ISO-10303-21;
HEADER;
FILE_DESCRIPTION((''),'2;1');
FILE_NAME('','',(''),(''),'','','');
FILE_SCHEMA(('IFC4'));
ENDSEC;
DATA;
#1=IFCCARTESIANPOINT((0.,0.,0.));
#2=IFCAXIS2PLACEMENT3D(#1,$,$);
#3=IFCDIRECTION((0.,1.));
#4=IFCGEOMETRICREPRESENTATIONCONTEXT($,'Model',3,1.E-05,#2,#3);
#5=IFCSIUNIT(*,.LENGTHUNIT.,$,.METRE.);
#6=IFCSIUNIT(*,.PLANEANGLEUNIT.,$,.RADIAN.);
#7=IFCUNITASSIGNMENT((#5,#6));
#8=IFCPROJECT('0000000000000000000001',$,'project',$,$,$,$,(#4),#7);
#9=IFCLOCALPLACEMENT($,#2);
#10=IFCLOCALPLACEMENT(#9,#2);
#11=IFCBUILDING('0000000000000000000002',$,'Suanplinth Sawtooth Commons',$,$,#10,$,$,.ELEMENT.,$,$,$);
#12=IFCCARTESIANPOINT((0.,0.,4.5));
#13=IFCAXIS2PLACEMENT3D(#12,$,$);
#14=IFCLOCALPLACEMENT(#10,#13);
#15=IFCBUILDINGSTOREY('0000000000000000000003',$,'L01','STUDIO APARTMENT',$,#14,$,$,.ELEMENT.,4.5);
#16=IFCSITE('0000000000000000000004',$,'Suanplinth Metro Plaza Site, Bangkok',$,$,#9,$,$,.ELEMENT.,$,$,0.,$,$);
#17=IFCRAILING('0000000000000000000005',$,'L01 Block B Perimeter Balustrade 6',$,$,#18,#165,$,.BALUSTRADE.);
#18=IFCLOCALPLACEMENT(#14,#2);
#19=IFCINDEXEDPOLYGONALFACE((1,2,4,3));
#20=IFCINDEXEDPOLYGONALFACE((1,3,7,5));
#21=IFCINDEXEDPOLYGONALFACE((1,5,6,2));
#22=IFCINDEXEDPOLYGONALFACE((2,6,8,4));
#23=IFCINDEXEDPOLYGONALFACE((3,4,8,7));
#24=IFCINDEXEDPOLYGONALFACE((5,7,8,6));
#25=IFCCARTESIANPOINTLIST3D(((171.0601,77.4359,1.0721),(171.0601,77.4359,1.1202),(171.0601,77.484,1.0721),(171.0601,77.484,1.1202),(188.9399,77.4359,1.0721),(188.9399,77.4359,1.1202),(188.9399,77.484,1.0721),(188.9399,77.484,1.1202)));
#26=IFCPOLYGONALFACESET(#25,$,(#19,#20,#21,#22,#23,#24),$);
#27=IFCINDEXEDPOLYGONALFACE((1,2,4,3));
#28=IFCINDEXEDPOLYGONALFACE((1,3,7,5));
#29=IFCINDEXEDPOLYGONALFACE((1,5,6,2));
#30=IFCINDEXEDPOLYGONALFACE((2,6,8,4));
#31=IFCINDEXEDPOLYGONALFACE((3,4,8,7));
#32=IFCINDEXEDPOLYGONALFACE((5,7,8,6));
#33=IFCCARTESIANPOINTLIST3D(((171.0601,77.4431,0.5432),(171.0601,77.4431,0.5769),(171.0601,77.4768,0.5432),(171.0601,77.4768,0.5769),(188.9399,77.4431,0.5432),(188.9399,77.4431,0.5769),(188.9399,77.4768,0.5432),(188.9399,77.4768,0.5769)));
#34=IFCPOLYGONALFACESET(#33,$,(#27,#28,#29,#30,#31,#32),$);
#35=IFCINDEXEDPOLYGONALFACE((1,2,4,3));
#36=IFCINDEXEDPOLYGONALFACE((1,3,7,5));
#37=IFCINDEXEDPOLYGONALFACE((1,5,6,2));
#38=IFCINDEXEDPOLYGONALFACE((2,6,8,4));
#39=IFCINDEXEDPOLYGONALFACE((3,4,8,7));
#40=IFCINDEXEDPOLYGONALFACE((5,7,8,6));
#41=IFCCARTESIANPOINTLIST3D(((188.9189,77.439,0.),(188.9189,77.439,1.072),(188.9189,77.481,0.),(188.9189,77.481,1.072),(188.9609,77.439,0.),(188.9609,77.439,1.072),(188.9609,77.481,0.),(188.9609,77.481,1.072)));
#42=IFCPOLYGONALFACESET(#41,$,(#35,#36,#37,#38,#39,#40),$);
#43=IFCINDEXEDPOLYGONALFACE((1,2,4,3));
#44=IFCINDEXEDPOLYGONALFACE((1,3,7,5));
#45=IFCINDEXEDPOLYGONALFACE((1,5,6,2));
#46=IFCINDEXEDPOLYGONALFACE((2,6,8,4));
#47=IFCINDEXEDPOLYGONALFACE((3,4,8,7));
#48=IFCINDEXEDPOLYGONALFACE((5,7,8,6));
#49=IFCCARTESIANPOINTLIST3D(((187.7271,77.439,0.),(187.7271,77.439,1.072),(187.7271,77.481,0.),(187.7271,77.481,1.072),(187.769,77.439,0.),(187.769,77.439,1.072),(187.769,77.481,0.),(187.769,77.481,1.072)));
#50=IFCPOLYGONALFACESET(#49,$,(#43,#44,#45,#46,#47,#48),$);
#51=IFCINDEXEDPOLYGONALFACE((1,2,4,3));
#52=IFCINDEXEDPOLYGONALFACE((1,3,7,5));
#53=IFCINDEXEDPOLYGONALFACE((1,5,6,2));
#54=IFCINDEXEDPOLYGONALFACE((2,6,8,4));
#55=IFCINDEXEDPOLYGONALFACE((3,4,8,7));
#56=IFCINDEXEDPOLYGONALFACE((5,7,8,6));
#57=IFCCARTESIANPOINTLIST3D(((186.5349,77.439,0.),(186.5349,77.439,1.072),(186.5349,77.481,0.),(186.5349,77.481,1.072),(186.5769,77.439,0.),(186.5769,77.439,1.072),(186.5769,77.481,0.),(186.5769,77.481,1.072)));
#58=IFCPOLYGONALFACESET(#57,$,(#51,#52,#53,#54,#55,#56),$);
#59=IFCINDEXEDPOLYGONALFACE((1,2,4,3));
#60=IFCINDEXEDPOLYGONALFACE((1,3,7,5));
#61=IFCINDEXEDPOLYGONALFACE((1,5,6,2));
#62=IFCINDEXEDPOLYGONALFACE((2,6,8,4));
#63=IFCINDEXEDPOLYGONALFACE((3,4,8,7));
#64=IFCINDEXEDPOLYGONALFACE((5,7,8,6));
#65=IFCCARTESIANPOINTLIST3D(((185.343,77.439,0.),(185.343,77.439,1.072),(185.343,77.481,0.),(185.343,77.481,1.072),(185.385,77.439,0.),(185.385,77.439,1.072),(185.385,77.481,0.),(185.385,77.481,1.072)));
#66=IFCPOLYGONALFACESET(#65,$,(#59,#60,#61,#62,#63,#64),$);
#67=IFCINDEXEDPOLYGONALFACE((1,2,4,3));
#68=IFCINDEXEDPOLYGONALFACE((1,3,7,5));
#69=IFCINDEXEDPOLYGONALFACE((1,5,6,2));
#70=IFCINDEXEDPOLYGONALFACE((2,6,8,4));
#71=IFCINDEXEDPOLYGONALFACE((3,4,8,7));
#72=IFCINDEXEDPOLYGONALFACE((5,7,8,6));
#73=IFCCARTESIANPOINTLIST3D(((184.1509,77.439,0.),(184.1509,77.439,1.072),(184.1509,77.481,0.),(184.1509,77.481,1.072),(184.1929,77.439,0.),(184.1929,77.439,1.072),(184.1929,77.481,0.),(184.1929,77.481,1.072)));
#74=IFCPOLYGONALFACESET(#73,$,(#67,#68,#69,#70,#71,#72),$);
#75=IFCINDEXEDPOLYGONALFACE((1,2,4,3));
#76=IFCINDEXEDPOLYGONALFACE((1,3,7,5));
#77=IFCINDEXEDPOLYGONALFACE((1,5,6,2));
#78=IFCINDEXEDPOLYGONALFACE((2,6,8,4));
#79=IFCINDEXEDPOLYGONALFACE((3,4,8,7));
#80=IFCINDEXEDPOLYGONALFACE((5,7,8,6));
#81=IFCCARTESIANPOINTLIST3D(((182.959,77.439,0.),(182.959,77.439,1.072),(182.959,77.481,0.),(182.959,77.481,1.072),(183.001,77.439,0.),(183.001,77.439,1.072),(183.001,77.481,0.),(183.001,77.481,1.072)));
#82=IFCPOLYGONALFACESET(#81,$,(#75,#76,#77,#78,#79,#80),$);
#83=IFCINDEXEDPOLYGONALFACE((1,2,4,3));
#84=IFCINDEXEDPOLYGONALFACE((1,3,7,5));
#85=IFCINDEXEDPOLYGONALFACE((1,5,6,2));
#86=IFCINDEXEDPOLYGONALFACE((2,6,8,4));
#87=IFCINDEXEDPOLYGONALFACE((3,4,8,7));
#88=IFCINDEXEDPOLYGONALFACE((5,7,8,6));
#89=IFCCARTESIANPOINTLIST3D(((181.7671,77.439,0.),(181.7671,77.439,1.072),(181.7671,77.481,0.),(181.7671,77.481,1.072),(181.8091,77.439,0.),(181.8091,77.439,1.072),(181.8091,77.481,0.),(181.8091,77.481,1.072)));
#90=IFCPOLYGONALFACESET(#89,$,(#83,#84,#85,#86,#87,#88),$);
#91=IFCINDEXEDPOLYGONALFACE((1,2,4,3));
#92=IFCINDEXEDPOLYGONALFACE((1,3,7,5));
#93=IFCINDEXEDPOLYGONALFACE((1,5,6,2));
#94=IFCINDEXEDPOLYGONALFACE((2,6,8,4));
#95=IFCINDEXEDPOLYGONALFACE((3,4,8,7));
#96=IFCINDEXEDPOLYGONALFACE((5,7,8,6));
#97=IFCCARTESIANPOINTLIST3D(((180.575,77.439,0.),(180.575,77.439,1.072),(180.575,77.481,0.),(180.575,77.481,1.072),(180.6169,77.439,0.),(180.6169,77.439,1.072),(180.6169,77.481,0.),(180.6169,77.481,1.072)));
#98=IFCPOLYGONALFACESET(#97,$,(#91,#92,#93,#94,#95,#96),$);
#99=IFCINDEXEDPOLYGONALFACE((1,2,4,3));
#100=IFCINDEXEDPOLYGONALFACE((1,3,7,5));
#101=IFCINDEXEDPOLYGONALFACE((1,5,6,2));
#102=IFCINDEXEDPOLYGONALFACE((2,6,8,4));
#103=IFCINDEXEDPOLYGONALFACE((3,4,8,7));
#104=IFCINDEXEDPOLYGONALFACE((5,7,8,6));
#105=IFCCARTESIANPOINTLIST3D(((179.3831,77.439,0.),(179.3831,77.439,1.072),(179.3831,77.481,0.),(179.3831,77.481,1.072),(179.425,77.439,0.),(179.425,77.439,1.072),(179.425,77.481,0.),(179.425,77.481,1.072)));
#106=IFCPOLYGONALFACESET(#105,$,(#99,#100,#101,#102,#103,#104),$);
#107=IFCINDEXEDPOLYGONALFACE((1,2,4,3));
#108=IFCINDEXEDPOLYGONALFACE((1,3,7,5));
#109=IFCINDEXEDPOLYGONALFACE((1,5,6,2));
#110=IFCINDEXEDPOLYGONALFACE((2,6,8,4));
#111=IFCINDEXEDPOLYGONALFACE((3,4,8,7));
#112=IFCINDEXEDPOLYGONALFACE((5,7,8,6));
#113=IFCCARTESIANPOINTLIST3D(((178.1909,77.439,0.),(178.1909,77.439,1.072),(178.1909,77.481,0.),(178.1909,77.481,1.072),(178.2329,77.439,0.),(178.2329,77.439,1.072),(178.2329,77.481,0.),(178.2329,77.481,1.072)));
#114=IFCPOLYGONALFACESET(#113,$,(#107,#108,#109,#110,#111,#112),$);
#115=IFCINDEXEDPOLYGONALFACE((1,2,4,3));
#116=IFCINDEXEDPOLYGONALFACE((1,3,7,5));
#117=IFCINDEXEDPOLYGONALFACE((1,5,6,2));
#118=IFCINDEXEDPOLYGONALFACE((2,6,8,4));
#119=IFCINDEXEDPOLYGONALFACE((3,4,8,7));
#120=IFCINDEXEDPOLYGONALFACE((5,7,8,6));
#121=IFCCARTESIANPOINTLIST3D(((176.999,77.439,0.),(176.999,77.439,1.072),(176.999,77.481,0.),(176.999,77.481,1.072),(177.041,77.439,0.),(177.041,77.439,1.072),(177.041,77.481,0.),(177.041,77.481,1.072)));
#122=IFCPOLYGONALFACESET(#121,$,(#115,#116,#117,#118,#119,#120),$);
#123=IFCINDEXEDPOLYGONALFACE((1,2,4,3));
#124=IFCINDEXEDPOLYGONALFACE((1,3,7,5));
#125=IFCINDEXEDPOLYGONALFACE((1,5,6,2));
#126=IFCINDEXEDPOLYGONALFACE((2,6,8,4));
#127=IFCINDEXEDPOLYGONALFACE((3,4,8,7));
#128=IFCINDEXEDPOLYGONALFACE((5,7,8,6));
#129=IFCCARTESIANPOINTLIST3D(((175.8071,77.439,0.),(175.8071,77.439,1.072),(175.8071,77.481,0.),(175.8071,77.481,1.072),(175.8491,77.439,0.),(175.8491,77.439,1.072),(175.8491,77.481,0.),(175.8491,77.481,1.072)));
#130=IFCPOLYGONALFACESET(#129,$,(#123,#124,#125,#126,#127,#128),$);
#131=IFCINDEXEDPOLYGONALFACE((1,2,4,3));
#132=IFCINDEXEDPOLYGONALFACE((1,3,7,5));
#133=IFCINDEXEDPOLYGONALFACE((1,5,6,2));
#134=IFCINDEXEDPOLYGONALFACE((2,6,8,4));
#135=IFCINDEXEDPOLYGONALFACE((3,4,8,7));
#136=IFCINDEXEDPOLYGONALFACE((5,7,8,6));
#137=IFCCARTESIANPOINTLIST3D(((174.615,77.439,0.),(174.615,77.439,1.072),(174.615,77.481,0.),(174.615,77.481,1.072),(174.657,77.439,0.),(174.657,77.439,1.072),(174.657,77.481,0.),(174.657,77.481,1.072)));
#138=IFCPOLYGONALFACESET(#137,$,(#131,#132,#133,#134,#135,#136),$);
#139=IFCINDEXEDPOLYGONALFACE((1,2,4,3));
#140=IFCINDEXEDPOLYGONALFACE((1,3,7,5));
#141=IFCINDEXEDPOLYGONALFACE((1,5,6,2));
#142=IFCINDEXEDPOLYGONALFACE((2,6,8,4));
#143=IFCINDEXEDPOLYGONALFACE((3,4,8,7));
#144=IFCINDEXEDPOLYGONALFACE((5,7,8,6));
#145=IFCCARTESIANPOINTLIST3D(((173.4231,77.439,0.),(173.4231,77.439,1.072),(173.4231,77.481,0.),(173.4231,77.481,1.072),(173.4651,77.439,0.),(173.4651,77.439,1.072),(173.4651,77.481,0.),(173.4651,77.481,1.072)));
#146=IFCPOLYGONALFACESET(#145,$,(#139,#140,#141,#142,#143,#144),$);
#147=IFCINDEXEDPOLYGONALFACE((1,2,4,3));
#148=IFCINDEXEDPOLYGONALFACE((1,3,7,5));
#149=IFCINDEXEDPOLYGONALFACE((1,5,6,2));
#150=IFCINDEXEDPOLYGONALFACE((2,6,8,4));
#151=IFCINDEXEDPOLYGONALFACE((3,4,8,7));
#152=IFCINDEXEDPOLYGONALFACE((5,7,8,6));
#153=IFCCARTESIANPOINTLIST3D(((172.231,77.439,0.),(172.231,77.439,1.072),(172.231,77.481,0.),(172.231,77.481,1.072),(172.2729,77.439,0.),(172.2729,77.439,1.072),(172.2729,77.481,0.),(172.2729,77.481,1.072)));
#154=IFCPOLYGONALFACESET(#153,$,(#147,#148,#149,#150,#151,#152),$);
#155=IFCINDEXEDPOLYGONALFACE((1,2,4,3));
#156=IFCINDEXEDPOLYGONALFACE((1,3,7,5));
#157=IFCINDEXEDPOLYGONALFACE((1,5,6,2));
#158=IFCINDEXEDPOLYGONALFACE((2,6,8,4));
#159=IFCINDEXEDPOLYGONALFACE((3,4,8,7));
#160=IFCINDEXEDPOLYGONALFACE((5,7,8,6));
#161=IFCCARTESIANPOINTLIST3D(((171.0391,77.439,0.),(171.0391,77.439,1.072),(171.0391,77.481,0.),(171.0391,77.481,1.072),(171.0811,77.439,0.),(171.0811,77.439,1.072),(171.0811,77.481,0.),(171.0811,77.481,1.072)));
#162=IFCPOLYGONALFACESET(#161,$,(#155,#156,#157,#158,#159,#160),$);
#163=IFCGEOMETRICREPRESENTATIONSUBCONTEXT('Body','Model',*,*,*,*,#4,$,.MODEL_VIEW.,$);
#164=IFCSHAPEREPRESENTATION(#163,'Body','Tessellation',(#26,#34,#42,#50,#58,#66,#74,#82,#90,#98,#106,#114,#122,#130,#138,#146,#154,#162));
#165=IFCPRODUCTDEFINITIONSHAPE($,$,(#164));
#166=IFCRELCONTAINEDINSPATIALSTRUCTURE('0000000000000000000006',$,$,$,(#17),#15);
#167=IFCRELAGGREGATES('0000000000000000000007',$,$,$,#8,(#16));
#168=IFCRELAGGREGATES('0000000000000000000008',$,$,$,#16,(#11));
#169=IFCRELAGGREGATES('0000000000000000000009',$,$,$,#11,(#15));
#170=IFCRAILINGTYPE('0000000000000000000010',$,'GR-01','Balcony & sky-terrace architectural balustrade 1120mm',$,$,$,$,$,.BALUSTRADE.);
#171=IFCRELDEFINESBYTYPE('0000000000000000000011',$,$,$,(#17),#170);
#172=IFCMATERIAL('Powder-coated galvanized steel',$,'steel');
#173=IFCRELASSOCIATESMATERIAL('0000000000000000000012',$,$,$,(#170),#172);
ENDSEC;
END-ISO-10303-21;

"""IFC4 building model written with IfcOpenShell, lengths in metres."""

from ifc_helpers import new_model, si_unit, direction, frame, origin, origin_2d, place, context, subcontext, project, spatial, rectangle, extrude, material, type_object, element, save


model = new_model("IFC4")

# Units and contexts
model_context = context("Model", 3, precision=1e-05, world=origin(), true_north=direction((0.0, 1.0)))
body_context = subcontext(model_context, "Body", "Model", "MODEL_VIEW")
ifc_project = project(units=[si_unit("LENGTHUNIT", "METRE"), si_unit("PLANEANGLEUNIT", "RADIAN")], contexts=[model_context])

# Site, building, storey
site_placement = place(None, origin())
site = spatial("IfcSite", under=ifc_project, at=site_placement, Name="Suanplinth Metro Plaza Site, Bangkok", CompositionType="ELEMENT", RefElevation=0.0)
building_placement = place(site_placement, origin())
building = spatial("IfcBuilding", under=site, at=building_placement, Name="Suanplinth Sawtooth Commons", CompositionType="ELEMENT")
storey_placement = place(building_placement, frame((0.0, 0.0, 4.5)))
storey = spatial("IfcBuildingStorey", under=building, at=storey_placement, Name="L01", Description="STUDIO APARTMENT", CompositionType="ELEMENT", Elevation=4.5)

# Railing
ifc_material_1 = material(Name="Powder-coated galvanized steel", Category="steel")
railing_type = type_object("IfcRailingType", Name="GR-01", Description="Balcony & sky-terrace architectural balustrade 1120mm", PredefinedType="BALUSTRADE", material=ifc_material_1)
railing_1_placement = place(storey_placement, frame((188.9399, 77.46, 0.0)))
element("IfcRailing", 1, at=railing_1_placement, inside=storey, type_object=railing_type, Name="L01 Block B Perimeter Balustrade 6", PredefinedType="BALUSTRADE", context=body_context, shape_type="SweptSolid", body=[
    extrude(rectangle(XDim=0.0481, YDim=0.0481, at=origin_2d()), frame((0.0, 0.0, 1.0962), z_axis=(-1.0, 0.0, 0.0), x_axis=(0.0, -1.0, 0.0)), (0.0, 0.0, 1.0), 17.8799),
    extrude(rectangle(XDim=0.0337, YDim=0.0337, at=origin_2d()), frame((0.0, 0.0, 0.5601), z_axis=(-1.0, 0.0, 0.0), x_axis=(0.0, -1.0, 0.0)), (0.0, 0.0, 1.0), 17.8799),
    extrude(rectangle(XDim=0.042, YDim=0.042, at=origin_2d()), origin(), (0.0, 0.0, 1.0), 1.072),
    extrude(rectangle(XDim=0.042, YDim=0.042, at=origin_2d()), frame((-1.1919, 0.0, 0.0)), (0.0, 0.0, 1.0), 1.072),
    extrude(rectangle(XDim=0.042, YDim=0.042, at=origin_2d()), frame((-2.384, 0.0, 0.0)), (0.0, 0.0, 1.0), 1.072),
    extrude(rectangle(XDim=0.042, YDim=0.042, at=origin_2d()), frame((-3.5759, 0.0, 0.0)), (0.0, 0.0, 1.0), 1.072),
    extrude(rectangle(XDim=0.042, YDim=0.042, at=origin_2d()), frame((-4.7681, 0.0, 0.0)), (0.0, 0.0, 1.0), 1.072),
    extrude(rectangle(XDim=0.042, YDim=0.042, at=origin_2d()), frame((-5.96, 0.0, 0.0)), (0.0, 0.0, 1.0), 1.072),
    extrude(rectangle(XDim=0.042, YDim=0.042, at=origin_2d()), frame((-7.1519, 0.0, 0.0)), (0.0, 0.0, 1.0), 1.072),
    extrude(rectangle(XDim=0.042, YDim=0.042, at=origin_2d()), frame((-8.344, 0.0, 0.0)), (0.0, 0.0, 1.0), 1.072),
    extrude(rectangle(XDim=0.042, YDim=0.042, at=origin_2d()), frame((-9.5359, 0.0, 0.0)), (0.0, 0.0, 1.0), 1.072),
    extrude(rectangle(XDim=0.042, YDim=0.042, at=origin_2d()), frame((-10.728, 0.0, 0.0)), (0.0, 0.0, 1.0), 1.072),
    extrude(rectangle(XDim=0.042, YDim=0.042, at=origin_2d()), frame((-11.9199, 0.0, 0.0)), (0.0, 0.0, 1.0), 1.072),
    extrude(rectangle(XDim=0.042, YDim=0.042, at=origin_2d()), frame((-13.1118, 0.0, 0.0)), (0.0, 0.0, 1.0), 1.072),
    extrude(rectangle(XDim=0.042, YDim=0.042, at=origin_2d()), frame((-14.304, 0.0, 0.0)), (0.0, 0.0, 1.0), 1.072),
    extrude(rectangle(XDim=0.042, YDim=0.042, at=origin_2d()), frame((-15.4958, 0.0, 0.0)), (0.0, 0.0, 1.0), 1.072),
    extrude(rectangle(XDim=0.042, YDim=0.042, at=origin_2d()), frame((-16.688, 0.0, 0.0)), (0.0, 0.0, 1.0), 1.072),
    extrude(rectangle(XDim=0.042, YDim=0.042, at=origin_2d()), frame((-17.8799, 0.0, 0.0)), (0.0, 0.0, 1.0), 1.072),
])

save(model, "model.ifc")
